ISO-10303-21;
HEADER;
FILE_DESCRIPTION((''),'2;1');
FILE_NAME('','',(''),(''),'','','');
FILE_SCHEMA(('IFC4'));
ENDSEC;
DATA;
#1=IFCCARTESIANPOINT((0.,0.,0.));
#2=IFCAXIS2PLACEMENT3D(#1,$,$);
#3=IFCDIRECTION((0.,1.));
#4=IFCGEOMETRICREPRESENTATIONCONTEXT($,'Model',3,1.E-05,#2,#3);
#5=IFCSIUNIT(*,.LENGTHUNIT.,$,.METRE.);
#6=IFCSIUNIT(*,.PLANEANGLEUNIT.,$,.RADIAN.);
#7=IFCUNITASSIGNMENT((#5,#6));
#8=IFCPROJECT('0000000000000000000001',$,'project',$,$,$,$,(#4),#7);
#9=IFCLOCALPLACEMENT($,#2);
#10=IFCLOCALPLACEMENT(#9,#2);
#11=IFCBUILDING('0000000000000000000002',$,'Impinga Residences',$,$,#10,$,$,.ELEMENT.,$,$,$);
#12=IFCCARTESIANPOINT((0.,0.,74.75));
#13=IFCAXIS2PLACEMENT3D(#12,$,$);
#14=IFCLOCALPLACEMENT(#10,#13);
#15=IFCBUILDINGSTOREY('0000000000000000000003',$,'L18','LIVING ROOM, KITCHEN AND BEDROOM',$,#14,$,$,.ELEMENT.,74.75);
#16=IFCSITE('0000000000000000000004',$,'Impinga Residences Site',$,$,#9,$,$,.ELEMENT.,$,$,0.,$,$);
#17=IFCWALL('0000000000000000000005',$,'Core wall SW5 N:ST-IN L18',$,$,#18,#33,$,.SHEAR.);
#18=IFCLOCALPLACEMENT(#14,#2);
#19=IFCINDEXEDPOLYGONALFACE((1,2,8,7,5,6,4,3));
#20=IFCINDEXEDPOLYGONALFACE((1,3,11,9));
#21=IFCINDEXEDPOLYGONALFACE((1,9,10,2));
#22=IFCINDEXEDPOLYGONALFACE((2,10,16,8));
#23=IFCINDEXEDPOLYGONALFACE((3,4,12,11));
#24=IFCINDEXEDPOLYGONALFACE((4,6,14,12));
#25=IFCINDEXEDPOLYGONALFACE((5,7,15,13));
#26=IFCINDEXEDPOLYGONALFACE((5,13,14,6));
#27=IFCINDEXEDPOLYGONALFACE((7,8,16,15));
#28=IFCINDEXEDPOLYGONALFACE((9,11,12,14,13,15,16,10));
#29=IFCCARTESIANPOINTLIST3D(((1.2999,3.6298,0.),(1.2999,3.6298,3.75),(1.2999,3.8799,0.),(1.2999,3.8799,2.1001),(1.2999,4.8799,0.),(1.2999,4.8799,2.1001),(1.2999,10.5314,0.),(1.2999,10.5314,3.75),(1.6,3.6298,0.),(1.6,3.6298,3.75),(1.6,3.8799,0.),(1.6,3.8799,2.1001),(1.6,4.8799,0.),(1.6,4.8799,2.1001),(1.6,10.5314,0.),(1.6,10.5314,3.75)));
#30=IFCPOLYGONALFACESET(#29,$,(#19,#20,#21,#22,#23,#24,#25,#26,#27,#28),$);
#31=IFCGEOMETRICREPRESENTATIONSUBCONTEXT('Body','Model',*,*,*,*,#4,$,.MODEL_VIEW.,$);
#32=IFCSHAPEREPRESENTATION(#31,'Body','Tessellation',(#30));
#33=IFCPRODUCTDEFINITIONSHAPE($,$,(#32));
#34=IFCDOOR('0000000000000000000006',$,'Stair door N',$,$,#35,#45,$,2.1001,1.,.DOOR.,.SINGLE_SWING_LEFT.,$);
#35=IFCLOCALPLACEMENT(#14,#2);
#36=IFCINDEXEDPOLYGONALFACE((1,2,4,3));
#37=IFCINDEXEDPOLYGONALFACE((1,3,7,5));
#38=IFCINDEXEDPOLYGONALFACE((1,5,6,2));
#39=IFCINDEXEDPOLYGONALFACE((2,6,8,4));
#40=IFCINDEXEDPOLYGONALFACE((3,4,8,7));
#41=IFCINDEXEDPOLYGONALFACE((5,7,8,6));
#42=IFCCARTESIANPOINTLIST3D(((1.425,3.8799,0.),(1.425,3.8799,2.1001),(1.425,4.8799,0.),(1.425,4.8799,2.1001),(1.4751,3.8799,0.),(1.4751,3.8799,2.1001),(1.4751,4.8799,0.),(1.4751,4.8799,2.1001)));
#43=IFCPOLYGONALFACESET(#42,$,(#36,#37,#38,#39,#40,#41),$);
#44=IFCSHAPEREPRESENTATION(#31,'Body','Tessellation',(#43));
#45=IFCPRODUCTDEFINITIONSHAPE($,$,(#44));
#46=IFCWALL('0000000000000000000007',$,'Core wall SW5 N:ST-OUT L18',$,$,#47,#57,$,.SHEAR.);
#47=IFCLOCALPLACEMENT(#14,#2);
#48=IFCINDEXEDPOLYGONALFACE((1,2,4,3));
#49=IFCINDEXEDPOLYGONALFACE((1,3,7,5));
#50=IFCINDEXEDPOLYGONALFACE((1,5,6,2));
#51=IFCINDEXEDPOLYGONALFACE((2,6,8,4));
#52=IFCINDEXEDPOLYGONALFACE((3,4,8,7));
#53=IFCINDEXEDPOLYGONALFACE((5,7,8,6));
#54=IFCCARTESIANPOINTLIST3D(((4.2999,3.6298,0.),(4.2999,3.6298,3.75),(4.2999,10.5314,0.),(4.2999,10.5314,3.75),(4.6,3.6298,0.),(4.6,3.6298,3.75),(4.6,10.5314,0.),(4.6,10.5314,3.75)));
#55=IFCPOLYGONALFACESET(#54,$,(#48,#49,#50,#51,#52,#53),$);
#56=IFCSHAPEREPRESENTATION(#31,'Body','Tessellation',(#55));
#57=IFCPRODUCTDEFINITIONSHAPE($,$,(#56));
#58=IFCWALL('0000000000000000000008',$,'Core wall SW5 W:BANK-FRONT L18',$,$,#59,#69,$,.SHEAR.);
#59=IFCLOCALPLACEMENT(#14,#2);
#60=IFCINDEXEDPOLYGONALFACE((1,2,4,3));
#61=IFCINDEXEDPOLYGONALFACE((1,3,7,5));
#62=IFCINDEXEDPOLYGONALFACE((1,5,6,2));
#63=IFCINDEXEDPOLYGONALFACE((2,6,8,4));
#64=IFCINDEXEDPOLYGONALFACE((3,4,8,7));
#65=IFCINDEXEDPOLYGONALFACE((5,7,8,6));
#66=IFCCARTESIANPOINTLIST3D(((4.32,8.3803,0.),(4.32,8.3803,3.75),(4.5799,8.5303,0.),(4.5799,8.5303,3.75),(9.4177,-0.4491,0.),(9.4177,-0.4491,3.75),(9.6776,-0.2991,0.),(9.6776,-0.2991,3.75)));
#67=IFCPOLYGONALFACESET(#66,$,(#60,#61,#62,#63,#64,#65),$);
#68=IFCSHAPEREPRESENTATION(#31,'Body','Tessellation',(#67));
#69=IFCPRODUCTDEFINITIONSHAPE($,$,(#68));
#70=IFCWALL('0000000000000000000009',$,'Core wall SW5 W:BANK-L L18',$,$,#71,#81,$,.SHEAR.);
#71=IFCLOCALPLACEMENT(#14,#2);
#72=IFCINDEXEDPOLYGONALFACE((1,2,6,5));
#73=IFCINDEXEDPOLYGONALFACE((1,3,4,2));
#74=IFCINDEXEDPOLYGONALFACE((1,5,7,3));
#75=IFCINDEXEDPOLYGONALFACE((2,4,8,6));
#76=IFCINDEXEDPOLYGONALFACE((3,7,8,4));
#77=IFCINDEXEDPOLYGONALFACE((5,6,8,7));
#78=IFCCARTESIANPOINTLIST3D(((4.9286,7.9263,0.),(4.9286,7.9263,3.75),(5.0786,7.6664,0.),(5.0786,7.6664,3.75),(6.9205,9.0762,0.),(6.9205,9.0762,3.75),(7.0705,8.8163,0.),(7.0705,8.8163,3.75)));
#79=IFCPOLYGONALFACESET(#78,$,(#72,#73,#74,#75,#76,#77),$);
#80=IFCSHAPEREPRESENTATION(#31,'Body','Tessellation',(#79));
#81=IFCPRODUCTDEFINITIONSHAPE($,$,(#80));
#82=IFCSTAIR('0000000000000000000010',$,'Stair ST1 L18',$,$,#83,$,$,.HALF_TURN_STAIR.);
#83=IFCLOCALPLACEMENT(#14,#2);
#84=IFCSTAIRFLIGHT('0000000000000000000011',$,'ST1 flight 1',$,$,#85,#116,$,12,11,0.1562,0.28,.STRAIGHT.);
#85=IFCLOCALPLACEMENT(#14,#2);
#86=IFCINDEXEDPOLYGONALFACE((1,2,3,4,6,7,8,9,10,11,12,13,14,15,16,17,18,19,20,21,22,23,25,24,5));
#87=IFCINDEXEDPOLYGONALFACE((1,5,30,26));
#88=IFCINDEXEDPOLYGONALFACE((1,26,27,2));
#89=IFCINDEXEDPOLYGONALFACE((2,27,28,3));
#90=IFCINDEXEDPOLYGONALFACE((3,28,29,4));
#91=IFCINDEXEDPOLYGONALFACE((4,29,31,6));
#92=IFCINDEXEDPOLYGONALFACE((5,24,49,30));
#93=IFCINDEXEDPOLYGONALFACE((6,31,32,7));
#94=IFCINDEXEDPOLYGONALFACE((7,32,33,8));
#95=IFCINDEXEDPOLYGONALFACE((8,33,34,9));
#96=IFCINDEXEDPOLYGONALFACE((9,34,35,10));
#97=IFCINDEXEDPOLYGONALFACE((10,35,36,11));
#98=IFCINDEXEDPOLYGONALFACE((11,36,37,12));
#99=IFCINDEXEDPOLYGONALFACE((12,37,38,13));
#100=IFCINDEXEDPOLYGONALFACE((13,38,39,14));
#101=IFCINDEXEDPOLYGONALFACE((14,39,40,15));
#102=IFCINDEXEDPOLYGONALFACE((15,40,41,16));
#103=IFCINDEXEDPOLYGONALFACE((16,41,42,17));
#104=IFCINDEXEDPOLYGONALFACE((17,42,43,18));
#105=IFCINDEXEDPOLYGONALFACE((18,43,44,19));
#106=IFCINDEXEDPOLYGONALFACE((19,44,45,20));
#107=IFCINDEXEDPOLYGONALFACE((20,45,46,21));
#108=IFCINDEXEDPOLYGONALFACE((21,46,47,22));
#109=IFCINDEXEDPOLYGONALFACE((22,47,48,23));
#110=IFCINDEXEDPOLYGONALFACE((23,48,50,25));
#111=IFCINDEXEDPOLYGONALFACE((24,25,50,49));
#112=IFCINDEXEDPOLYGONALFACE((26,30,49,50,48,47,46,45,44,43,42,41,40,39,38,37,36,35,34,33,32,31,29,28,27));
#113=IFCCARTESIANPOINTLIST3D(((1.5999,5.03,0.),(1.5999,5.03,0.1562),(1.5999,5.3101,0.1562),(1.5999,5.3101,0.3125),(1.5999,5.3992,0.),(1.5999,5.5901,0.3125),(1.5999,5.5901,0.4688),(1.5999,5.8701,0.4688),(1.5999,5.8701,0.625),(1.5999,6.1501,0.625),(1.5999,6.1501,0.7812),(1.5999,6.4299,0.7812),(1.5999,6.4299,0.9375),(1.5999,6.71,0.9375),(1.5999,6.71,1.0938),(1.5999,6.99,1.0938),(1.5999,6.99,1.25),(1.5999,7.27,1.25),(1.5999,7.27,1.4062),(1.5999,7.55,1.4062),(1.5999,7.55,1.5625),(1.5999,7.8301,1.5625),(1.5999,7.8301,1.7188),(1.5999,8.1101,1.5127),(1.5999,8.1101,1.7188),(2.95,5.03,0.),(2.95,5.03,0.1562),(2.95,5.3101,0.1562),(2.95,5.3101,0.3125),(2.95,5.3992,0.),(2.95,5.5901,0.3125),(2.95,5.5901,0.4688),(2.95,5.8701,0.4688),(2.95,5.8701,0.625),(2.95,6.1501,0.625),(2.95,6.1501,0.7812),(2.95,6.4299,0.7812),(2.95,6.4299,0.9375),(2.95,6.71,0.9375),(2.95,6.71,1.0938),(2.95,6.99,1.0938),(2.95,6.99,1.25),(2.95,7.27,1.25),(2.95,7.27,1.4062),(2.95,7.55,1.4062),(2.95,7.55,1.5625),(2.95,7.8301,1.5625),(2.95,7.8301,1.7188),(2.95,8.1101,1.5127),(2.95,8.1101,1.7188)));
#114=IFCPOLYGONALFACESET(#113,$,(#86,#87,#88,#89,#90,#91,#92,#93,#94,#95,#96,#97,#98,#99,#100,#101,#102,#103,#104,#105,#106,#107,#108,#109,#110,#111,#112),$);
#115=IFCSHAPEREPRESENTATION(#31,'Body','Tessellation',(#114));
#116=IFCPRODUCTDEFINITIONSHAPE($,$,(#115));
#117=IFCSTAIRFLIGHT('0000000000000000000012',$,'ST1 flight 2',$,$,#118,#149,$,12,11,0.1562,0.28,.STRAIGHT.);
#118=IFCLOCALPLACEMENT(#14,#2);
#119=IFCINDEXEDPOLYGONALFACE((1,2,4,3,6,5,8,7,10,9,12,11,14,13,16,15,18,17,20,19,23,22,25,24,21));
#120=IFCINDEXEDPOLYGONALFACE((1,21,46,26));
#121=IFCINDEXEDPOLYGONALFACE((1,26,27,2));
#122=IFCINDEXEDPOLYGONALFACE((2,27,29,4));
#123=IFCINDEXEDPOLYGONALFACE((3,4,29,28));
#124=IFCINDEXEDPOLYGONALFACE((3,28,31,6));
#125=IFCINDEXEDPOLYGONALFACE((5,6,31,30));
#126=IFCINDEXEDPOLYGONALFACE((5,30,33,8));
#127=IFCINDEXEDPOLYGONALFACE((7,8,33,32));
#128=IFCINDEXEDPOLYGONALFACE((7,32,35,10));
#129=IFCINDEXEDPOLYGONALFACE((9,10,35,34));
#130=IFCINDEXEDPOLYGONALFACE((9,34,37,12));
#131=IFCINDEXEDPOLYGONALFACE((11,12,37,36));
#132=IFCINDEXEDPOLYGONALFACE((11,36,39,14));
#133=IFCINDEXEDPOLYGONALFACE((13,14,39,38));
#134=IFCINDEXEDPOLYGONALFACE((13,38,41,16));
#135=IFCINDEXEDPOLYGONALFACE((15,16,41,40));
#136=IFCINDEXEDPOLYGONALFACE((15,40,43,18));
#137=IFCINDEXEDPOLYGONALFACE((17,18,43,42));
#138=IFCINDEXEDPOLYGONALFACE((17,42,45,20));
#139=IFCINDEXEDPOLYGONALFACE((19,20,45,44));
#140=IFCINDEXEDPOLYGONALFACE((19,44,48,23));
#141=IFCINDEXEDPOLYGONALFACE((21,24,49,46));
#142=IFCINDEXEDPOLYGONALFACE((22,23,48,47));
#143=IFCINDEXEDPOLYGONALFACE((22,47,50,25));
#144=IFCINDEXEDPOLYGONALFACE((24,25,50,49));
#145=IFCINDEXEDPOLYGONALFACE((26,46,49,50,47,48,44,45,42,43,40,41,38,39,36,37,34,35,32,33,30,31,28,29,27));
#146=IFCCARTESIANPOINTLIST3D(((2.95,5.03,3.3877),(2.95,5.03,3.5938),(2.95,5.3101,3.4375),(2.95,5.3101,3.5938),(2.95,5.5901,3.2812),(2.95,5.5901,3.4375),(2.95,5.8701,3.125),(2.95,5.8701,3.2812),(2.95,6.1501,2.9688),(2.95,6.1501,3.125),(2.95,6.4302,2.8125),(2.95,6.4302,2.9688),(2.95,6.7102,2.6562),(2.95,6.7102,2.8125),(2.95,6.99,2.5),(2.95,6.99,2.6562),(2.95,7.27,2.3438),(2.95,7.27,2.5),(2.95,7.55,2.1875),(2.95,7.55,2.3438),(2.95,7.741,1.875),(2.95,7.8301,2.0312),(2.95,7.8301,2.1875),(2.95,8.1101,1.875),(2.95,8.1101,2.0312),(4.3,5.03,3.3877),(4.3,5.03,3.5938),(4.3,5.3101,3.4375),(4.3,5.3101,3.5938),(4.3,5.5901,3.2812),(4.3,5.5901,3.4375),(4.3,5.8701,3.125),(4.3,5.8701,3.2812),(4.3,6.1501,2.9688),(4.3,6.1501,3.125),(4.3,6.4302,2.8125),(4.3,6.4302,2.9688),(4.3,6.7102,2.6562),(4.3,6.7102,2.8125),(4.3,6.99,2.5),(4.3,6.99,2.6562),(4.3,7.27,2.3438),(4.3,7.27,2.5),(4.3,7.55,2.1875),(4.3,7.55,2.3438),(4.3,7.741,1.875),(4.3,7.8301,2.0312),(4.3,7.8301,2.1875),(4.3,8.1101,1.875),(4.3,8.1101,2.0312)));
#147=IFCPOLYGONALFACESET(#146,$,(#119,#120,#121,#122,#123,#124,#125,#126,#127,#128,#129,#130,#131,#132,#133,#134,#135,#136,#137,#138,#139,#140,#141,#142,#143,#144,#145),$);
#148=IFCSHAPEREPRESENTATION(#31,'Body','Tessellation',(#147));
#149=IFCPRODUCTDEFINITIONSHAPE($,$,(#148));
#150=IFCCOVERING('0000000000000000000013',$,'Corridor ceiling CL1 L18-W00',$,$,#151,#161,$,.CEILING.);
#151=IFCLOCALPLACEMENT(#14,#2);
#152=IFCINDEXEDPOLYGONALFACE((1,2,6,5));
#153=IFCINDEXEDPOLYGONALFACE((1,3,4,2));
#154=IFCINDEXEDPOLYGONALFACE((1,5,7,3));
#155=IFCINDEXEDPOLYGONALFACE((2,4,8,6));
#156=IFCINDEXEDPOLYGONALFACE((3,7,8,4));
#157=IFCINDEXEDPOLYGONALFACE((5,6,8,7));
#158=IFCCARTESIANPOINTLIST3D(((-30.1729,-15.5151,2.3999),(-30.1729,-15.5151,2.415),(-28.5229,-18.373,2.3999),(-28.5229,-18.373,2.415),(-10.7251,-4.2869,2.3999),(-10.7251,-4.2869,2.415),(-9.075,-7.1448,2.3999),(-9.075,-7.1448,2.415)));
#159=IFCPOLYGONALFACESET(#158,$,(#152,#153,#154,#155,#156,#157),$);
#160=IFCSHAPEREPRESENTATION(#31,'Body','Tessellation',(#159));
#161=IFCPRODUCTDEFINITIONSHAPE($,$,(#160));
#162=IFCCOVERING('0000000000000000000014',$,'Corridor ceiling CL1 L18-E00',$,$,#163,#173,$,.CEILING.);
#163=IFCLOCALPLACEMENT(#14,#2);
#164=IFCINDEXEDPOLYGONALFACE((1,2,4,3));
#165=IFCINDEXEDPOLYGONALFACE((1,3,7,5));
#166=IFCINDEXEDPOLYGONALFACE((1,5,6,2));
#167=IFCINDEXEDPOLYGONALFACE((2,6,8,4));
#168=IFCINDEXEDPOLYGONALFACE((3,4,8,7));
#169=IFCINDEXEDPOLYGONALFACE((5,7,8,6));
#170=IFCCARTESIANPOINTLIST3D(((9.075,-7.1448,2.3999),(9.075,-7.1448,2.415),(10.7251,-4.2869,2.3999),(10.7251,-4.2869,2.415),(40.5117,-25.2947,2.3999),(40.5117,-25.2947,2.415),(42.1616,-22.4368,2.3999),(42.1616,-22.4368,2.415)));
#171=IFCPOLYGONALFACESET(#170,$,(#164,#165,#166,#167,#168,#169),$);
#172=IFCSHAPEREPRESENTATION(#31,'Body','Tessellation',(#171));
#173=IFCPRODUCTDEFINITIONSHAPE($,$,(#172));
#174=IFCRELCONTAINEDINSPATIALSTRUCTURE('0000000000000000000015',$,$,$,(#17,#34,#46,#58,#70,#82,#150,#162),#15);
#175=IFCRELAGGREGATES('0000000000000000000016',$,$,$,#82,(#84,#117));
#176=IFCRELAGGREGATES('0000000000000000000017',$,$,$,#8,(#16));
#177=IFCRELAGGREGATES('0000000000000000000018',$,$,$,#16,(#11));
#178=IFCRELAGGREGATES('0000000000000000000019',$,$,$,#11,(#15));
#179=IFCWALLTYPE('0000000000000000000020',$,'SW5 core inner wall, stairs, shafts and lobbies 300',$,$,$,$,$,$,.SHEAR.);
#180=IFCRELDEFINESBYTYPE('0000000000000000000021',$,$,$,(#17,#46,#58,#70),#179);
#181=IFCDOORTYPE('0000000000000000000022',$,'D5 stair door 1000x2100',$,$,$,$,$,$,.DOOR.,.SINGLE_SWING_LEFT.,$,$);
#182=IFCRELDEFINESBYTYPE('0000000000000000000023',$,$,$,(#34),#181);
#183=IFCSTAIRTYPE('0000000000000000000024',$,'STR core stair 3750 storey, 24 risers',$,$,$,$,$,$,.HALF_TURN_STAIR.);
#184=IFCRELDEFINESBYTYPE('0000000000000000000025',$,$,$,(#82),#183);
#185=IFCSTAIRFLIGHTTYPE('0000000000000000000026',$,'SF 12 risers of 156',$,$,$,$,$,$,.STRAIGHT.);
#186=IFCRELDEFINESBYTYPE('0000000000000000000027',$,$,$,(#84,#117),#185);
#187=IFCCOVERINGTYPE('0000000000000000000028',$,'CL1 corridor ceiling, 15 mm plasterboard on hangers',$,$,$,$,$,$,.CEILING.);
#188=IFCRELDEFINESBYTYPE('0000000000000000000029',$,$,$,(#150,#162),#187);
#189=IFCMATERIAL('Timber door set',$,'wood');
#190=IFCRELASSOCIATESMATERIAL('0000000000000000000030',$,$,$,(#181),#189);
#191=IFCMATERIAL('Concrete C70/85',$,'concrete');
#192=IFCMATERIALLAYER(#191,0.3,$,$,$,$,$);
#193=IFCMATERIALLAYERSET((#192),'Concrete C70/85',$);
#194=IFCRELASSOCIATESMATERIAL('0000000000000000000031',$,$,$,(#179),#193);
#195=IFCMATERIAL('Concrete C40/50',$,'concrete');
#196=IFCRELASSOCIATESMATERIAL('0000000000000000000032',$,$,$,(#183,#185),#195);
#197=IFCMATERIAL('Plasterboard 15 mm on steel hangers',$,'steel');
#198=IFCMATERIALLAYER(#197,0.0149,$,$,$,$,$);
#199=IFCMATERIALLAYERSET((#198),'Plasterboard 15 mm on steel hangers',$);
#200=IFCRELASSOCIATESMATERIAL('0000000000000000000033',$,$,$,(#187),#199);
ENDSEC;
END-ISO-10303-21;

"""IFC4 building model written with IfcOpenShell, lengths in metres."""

from ifc_helpers import new_model, si_unit, direction, frame, frame_2d, origin, place, context, subcontext, project, spatial, polyline, rectangle, outline, extrude, material, layer, layer_set, type_object, element, fill, aggregate, save


model = new_model("IFC4")

# Units and contexts
model_context = context("Model", 3, precision=1e-05, world=origin(), true_north=direction((0.0, 1.0)))
body_context = subcontext(model_context, "Body", "Model", "MODEL_VIEW")
ifc_project = project(units=[si_unit("LENGTHUNIT", "METRE"), si_unit("PLANEANGLEUNIT", "RADIAN")], contexts=[model_context])

# Site, building, storey
site_placement = place(None, origin())
site = spatial("IfcSite", under=ifc_project, at=site_placement, Name="Impinga Residences Site", CompositionType="ELEMENT", RefElevation=0.0)
building_placement = place(site_placement, origin())
building = spatial("IfcBuilding", under=site, at=building_placement, Name="Impinga Residences", CompositionType="ELEMENT")
storey_placement = place(building_placement, frame((0.0, 0.0, 74.75)))
storey = spatial("IfcBuildingStorey", under=building, at=storey_placement, Name="L18", Description="LIVING ROOM, KITCHEN AND BEDROOM", CompositionType="ELEMENT", Elevation=74.75)

# Shared definitions
ifc_material_1 = material(Name="Concrete C70/85", Category="concrete")
ifc_material_2 = material(Name="Timber door set", Category="wood")
door_type_1 = type_object("IfcDoorType", Name="D5 stair door 1000x2100", OperationType="SINGLE_SWING_LEFT", PredefinedType="DOOR", material=ifc_material_2)

# Wall, opening, door
ifc_layer_1 = layer(ifc_material_1, 0.3)
ifc_layer_set_1 = layer_set([ifc_layer_1], Name="Concrete C70/85")
wall_type_1 = type_object("IfcWallType", Name="SW5 core inner wall, stairs, shafts and lobbies 300", PredefinedType="SHEAR", material=ifc_layer_set_1)
wall_1_placement = place(storey_placement, frame((1.45, 3.6299, 0.0), z_axis=(0.0, 0.0, 1.0), x_axis=(0.0, 1.0, 0.0)))
wall_1 = element("IfcWall", 1, at=wall_1_placement, inside=storey, type_object=wall_type_1, Name="Core wall SW5 N:ST-IN L18", PredefinedType="SHEAR", context=body_context, shape_type="SweptSolid", body=[
    extrude(rectangle(XDim=6.9016, YDim=0.3, at=frame_2d((3.4507, 0.0))), origin(), (0.0, 0.0, 1.0), 3.75),
])
opening_1_placement = place(wall_1_placement, frame((0.25, 0.0, 0.0)))
opening_1 = element("IfcOpeningElement", 2, at=opening_1_placement, cuts=wall_1, PredefinedType="OPENING", context=body_context, shape_type="SweptSolid", body=[
    extrude(rectangle(XDim=1.0, YDim=2.1001, at=frame_2d((0.5, 1.05))), frame((0.0, 0.1599, 0.0), z_axis=(0.0, -1.0, 0.0), x_axis=(1.0, 0.0, 0.0)), (0.0, 0.0, 1.0), 0.3201),
])
door_1_placement = place(opening_1_placement, origin())
door_1 = element("IfcDoor", 3, at=door_1_placement, inside=storey, type_object=door_type_1, Name="Stair door N", OperationType="SINGLE_SWING_LEFT", OverallHeight=2.1001, OverallWidth=1.0, PredefinedType="DOOR", context=body_context, shape_type="SweptSolid", body=[
    extrude(rectangle(XDim=1.0, YDim=2.1001, at=frame_2d((0.5, 1.05))), frame((0.0, 0.0249, 0.0), z_axis=(0.0, -1.0, 0.0), x_axis=(1.0, 0.0, 0.0)), (0.0, 0.0, 1.0), 0.05),
])
fill(opening_1, door_1)

# Walls
wall_2_placement = place(storey_placement, frame((4.45, 3.6299, 0.0), z_axis=(0.0, 0.0, 1.0), x_axis=(0.0, 1.0, 0.0)))
element("IfcWall", 4, at=wall_2_placement, inside=storey, type_object=wall_type_1, Name="Core wall SW5 N:ST-OUT L18", PredefinedType="SHEAR", context=body_context, shape_type="SweptSolid", body=[
    extrude(rectangle(XDim=6.9016, YDim=0.3, at=frame_2d((3.4507, 0.0))), origin(), (0.0, 0.0, 1.0), 3.75),
])
wall_3_placement = place(storey_placement, frame((4.45, 8.4553, 0.0), z_axis=(0.0, 0.0, 1.0), x_axis=(0.500002, -0.866024, 0.0)))
element("IfcWall", 5, at=wall_3_placement, inside=storey, type_object=wall_type_1, Name="Core wall SW5 W:BANK-FRONT L18", PredefinedType="SHEAR", context=body_context, shape_type="SweptSolid", body=[
    extrude(rectangle(XDim=10.1953, YDim=0.3, at=frame_2d((5.0977, 0.0))), origin(), (0.0, 0.0, 1.0), 3.75),
])
wall_4_placement = place(storey_placement, frame((5.0037, 7.7964, 0.0), z_axis=(0.0, 0.0, 1.0), x_axis=(0.866053, 0.499952, 0.0)))
element("IfcWall", 6, at=wall_4_placement, inside=storey, type_object=wall_type_1, Name="Core wall SW5 W:BANK-L L18", PredefinedType="SHEAR", context=body_context, shape_type="SweptSolid", body=[
    extrude(rectangle(XDim=2.3, YDim=0.3, at=frame_2d((1.1499, 0.0))), origin(), (0.0, 0.0, 1.0), 3.75),
])

# Stair, stair flights
ifc_material_3 = material(Name="Concrete C40/50", Category="concrete")
stair_type = type_object("IfcStairType", Name="STR core stair 3750 storey, 24 risers", PredefinedType="HALF_TURN_STAIR", material=ifc_material_3)
stair_placement = place(storey_placement, origin())
stair = element("IfcStair", 7, at=stair_placement, inside=storey, type_object=stair_type, Name="Stair ST1 L18", PredefinedType="HALF_TURN_STAIR")
stair_flight_type = type_object("IfcStairFlightType", Name="SF 12 risers of 156", PredefinedType="STRAIGHT", material=ifc_material_3)
stair_flight_1_placement = place(storey_placement, frame((2.2749, 5.03, 0.0), z_axis=(0.0, 0.0, 1.0), x_axis=(0.0, 1.0, 0.0)))
stair_flight_1 = element("IfcStairFlight", 8, at=stair_flight_1_placement, type_object=stair_flight_type, Name="ST1 flight 1", NumberOfRisers=12, NumberOfTreads=11, PredefinedType="STRAIGHT", RiserHeight=0.1562, TreadLength=0.28, context=body_context, shape_type="SweptSolid", body=[
    extrude(outline(polyline([(0.0, 0.0), (0.0, 0.1562), (0.28, 0.1562), (0.28, 0.3125), (0.5601, 0.3125), (0.5601, 0.4688), (0.8401, 0.4688), (0.8401, 0.625), (1.1201, 0.625), (1.1201, 0.7812), (1.3999, 0.7812), (1.3999, 0.9375), (1.6799, 0.9375), (1.6799, 1.0938), (1.96, 1.0938), (1.96, 1.25), (2.24, 1.25), (2.24, 1.4062), (2.52, 1.4062), (2.52, 1.5625), (2.8, 1.5625), (2.8, 1.7188), (3.0801, 1.7188), (3.0801, 1.875), (3.0801, 1.5127), (0.3691, 0.0), (0.0, 0.0)])), frame((0.0, 0.675, 0.0), z_axis=(0.0, -1.0, 0.0), x_axis=(1.0, 0.0, 0.0)), (0.0, 0.0, 1.0), 1.3501),
])
stair_flight_2_placement = place(storey_placement, frame((3.625, 8.1101, 1.875), z_axis=(0.0, 0.0, 1.0), x_axis=(0.0, -1.0, 0.0)))
stair_flight_2 = element("IfcStairFlight", 9, at=stair_flight_2_placement, type_object=stair_flight_type, Name="ST1 flight 2", NumberOfRisers=12, NumberOfTreads=11, PredefinedType="STRAIGHT", RiserHeight=0.1562, TreadLength=0.28, context=body_context, shape_type="SweptSolid", body=[
    extrude(outline(polyline([(0.0, 0.0), (0.0, 0.1562), (0.28, 0.1562), (0.28, 0.3125), (0.5601, 0.3125), (0.5601, 0.4688), (0.8401, 0.4688), (0.8401, 0.625), (1.1201, 0.625), (1.1201, 0.7812), (1.3999, 0.7812), (1.3999, 0.9375), (1.6799, 0.9375), (1.6799, 1.0938), (1.96, 1.0938), (1.96, 1.25), (2.24, 1.25), (2.24, 1.4062), (2.52, 1.4062), (2.52, 1.5625), (2.8, 1.5625), (2.8, 1.7188), (3.0801, 1.7188), (3.0801, 1.875), (3.0801, 1.5127), (0.3691, 0.0), (0.0, 0.0)])), frame((0.0, 0.675, 0.0), z_axis=(0.0, -1.0, 0.0), x_axis=(1.0, 0.0, 0.0)), (0.0, 0.0, 1.0), 1.3501),
])
aggregate(stair, [stair_flight_1, stair_flight_2])

# Coverings
ifc_material_4 = material(Name="Plasterboard 15 mm on steel hangers", Category="steel")
ifc_layer_2 = layer(ifc_material_4, 0.0149)
ifc_layer_set_2 = layer_set([ifc_layer_2], Name="Plasterboard 15 mm on steel hangers")
covering_type = type_object("IfcCoveringType", Name="CL1 corridor ceiling, 15 mm plasterboard on hangers", PredefinedType="CEILING", material=ifc_layer_set_2)
covering_1_placement = place(storey_placement, frame((0.0, 0.0, 2.3999)))
element("IfcCovering", 10, at=covering_1_placement, inside=storey, type_object=covering_type, Name="Corridor ceiling CL1 L18-W00", PredefinedType="CEILING", context=body_context, shape_type="SweptSolid", body=[
    extrude(outline(polyline([(-10.7251, -4.2869), (-9.075, -7.1448), (-28.5229, -18.373), (-30.1729, -15.5151), (-10.7251, -4.2869)])), origin(), (0.0, 0.0, 1.0), 0.0151),
])
covering_2_placement = place(storey_placement, frame((0.0, 0.0, 2.3999)))
element("IfcCovering", 11, at=covering_2_placement, inside=storey, type_object=covering_type, Name="Corridor ceiling CL1 L18-E00", PredefinedType="CEILING", context=body_context, shape_type="SweptSolid", body=[
    extrude(outline(polyline([(10.7251, -4.2869), (9.075, -7.1448), (40.5117, -25.2947), (42.1616, -22.4368), (10.7251, -4.2869)])), origin(), (0.0, 0.0, 1.0), 0.0151),
])

save(model, "model.ifc")
